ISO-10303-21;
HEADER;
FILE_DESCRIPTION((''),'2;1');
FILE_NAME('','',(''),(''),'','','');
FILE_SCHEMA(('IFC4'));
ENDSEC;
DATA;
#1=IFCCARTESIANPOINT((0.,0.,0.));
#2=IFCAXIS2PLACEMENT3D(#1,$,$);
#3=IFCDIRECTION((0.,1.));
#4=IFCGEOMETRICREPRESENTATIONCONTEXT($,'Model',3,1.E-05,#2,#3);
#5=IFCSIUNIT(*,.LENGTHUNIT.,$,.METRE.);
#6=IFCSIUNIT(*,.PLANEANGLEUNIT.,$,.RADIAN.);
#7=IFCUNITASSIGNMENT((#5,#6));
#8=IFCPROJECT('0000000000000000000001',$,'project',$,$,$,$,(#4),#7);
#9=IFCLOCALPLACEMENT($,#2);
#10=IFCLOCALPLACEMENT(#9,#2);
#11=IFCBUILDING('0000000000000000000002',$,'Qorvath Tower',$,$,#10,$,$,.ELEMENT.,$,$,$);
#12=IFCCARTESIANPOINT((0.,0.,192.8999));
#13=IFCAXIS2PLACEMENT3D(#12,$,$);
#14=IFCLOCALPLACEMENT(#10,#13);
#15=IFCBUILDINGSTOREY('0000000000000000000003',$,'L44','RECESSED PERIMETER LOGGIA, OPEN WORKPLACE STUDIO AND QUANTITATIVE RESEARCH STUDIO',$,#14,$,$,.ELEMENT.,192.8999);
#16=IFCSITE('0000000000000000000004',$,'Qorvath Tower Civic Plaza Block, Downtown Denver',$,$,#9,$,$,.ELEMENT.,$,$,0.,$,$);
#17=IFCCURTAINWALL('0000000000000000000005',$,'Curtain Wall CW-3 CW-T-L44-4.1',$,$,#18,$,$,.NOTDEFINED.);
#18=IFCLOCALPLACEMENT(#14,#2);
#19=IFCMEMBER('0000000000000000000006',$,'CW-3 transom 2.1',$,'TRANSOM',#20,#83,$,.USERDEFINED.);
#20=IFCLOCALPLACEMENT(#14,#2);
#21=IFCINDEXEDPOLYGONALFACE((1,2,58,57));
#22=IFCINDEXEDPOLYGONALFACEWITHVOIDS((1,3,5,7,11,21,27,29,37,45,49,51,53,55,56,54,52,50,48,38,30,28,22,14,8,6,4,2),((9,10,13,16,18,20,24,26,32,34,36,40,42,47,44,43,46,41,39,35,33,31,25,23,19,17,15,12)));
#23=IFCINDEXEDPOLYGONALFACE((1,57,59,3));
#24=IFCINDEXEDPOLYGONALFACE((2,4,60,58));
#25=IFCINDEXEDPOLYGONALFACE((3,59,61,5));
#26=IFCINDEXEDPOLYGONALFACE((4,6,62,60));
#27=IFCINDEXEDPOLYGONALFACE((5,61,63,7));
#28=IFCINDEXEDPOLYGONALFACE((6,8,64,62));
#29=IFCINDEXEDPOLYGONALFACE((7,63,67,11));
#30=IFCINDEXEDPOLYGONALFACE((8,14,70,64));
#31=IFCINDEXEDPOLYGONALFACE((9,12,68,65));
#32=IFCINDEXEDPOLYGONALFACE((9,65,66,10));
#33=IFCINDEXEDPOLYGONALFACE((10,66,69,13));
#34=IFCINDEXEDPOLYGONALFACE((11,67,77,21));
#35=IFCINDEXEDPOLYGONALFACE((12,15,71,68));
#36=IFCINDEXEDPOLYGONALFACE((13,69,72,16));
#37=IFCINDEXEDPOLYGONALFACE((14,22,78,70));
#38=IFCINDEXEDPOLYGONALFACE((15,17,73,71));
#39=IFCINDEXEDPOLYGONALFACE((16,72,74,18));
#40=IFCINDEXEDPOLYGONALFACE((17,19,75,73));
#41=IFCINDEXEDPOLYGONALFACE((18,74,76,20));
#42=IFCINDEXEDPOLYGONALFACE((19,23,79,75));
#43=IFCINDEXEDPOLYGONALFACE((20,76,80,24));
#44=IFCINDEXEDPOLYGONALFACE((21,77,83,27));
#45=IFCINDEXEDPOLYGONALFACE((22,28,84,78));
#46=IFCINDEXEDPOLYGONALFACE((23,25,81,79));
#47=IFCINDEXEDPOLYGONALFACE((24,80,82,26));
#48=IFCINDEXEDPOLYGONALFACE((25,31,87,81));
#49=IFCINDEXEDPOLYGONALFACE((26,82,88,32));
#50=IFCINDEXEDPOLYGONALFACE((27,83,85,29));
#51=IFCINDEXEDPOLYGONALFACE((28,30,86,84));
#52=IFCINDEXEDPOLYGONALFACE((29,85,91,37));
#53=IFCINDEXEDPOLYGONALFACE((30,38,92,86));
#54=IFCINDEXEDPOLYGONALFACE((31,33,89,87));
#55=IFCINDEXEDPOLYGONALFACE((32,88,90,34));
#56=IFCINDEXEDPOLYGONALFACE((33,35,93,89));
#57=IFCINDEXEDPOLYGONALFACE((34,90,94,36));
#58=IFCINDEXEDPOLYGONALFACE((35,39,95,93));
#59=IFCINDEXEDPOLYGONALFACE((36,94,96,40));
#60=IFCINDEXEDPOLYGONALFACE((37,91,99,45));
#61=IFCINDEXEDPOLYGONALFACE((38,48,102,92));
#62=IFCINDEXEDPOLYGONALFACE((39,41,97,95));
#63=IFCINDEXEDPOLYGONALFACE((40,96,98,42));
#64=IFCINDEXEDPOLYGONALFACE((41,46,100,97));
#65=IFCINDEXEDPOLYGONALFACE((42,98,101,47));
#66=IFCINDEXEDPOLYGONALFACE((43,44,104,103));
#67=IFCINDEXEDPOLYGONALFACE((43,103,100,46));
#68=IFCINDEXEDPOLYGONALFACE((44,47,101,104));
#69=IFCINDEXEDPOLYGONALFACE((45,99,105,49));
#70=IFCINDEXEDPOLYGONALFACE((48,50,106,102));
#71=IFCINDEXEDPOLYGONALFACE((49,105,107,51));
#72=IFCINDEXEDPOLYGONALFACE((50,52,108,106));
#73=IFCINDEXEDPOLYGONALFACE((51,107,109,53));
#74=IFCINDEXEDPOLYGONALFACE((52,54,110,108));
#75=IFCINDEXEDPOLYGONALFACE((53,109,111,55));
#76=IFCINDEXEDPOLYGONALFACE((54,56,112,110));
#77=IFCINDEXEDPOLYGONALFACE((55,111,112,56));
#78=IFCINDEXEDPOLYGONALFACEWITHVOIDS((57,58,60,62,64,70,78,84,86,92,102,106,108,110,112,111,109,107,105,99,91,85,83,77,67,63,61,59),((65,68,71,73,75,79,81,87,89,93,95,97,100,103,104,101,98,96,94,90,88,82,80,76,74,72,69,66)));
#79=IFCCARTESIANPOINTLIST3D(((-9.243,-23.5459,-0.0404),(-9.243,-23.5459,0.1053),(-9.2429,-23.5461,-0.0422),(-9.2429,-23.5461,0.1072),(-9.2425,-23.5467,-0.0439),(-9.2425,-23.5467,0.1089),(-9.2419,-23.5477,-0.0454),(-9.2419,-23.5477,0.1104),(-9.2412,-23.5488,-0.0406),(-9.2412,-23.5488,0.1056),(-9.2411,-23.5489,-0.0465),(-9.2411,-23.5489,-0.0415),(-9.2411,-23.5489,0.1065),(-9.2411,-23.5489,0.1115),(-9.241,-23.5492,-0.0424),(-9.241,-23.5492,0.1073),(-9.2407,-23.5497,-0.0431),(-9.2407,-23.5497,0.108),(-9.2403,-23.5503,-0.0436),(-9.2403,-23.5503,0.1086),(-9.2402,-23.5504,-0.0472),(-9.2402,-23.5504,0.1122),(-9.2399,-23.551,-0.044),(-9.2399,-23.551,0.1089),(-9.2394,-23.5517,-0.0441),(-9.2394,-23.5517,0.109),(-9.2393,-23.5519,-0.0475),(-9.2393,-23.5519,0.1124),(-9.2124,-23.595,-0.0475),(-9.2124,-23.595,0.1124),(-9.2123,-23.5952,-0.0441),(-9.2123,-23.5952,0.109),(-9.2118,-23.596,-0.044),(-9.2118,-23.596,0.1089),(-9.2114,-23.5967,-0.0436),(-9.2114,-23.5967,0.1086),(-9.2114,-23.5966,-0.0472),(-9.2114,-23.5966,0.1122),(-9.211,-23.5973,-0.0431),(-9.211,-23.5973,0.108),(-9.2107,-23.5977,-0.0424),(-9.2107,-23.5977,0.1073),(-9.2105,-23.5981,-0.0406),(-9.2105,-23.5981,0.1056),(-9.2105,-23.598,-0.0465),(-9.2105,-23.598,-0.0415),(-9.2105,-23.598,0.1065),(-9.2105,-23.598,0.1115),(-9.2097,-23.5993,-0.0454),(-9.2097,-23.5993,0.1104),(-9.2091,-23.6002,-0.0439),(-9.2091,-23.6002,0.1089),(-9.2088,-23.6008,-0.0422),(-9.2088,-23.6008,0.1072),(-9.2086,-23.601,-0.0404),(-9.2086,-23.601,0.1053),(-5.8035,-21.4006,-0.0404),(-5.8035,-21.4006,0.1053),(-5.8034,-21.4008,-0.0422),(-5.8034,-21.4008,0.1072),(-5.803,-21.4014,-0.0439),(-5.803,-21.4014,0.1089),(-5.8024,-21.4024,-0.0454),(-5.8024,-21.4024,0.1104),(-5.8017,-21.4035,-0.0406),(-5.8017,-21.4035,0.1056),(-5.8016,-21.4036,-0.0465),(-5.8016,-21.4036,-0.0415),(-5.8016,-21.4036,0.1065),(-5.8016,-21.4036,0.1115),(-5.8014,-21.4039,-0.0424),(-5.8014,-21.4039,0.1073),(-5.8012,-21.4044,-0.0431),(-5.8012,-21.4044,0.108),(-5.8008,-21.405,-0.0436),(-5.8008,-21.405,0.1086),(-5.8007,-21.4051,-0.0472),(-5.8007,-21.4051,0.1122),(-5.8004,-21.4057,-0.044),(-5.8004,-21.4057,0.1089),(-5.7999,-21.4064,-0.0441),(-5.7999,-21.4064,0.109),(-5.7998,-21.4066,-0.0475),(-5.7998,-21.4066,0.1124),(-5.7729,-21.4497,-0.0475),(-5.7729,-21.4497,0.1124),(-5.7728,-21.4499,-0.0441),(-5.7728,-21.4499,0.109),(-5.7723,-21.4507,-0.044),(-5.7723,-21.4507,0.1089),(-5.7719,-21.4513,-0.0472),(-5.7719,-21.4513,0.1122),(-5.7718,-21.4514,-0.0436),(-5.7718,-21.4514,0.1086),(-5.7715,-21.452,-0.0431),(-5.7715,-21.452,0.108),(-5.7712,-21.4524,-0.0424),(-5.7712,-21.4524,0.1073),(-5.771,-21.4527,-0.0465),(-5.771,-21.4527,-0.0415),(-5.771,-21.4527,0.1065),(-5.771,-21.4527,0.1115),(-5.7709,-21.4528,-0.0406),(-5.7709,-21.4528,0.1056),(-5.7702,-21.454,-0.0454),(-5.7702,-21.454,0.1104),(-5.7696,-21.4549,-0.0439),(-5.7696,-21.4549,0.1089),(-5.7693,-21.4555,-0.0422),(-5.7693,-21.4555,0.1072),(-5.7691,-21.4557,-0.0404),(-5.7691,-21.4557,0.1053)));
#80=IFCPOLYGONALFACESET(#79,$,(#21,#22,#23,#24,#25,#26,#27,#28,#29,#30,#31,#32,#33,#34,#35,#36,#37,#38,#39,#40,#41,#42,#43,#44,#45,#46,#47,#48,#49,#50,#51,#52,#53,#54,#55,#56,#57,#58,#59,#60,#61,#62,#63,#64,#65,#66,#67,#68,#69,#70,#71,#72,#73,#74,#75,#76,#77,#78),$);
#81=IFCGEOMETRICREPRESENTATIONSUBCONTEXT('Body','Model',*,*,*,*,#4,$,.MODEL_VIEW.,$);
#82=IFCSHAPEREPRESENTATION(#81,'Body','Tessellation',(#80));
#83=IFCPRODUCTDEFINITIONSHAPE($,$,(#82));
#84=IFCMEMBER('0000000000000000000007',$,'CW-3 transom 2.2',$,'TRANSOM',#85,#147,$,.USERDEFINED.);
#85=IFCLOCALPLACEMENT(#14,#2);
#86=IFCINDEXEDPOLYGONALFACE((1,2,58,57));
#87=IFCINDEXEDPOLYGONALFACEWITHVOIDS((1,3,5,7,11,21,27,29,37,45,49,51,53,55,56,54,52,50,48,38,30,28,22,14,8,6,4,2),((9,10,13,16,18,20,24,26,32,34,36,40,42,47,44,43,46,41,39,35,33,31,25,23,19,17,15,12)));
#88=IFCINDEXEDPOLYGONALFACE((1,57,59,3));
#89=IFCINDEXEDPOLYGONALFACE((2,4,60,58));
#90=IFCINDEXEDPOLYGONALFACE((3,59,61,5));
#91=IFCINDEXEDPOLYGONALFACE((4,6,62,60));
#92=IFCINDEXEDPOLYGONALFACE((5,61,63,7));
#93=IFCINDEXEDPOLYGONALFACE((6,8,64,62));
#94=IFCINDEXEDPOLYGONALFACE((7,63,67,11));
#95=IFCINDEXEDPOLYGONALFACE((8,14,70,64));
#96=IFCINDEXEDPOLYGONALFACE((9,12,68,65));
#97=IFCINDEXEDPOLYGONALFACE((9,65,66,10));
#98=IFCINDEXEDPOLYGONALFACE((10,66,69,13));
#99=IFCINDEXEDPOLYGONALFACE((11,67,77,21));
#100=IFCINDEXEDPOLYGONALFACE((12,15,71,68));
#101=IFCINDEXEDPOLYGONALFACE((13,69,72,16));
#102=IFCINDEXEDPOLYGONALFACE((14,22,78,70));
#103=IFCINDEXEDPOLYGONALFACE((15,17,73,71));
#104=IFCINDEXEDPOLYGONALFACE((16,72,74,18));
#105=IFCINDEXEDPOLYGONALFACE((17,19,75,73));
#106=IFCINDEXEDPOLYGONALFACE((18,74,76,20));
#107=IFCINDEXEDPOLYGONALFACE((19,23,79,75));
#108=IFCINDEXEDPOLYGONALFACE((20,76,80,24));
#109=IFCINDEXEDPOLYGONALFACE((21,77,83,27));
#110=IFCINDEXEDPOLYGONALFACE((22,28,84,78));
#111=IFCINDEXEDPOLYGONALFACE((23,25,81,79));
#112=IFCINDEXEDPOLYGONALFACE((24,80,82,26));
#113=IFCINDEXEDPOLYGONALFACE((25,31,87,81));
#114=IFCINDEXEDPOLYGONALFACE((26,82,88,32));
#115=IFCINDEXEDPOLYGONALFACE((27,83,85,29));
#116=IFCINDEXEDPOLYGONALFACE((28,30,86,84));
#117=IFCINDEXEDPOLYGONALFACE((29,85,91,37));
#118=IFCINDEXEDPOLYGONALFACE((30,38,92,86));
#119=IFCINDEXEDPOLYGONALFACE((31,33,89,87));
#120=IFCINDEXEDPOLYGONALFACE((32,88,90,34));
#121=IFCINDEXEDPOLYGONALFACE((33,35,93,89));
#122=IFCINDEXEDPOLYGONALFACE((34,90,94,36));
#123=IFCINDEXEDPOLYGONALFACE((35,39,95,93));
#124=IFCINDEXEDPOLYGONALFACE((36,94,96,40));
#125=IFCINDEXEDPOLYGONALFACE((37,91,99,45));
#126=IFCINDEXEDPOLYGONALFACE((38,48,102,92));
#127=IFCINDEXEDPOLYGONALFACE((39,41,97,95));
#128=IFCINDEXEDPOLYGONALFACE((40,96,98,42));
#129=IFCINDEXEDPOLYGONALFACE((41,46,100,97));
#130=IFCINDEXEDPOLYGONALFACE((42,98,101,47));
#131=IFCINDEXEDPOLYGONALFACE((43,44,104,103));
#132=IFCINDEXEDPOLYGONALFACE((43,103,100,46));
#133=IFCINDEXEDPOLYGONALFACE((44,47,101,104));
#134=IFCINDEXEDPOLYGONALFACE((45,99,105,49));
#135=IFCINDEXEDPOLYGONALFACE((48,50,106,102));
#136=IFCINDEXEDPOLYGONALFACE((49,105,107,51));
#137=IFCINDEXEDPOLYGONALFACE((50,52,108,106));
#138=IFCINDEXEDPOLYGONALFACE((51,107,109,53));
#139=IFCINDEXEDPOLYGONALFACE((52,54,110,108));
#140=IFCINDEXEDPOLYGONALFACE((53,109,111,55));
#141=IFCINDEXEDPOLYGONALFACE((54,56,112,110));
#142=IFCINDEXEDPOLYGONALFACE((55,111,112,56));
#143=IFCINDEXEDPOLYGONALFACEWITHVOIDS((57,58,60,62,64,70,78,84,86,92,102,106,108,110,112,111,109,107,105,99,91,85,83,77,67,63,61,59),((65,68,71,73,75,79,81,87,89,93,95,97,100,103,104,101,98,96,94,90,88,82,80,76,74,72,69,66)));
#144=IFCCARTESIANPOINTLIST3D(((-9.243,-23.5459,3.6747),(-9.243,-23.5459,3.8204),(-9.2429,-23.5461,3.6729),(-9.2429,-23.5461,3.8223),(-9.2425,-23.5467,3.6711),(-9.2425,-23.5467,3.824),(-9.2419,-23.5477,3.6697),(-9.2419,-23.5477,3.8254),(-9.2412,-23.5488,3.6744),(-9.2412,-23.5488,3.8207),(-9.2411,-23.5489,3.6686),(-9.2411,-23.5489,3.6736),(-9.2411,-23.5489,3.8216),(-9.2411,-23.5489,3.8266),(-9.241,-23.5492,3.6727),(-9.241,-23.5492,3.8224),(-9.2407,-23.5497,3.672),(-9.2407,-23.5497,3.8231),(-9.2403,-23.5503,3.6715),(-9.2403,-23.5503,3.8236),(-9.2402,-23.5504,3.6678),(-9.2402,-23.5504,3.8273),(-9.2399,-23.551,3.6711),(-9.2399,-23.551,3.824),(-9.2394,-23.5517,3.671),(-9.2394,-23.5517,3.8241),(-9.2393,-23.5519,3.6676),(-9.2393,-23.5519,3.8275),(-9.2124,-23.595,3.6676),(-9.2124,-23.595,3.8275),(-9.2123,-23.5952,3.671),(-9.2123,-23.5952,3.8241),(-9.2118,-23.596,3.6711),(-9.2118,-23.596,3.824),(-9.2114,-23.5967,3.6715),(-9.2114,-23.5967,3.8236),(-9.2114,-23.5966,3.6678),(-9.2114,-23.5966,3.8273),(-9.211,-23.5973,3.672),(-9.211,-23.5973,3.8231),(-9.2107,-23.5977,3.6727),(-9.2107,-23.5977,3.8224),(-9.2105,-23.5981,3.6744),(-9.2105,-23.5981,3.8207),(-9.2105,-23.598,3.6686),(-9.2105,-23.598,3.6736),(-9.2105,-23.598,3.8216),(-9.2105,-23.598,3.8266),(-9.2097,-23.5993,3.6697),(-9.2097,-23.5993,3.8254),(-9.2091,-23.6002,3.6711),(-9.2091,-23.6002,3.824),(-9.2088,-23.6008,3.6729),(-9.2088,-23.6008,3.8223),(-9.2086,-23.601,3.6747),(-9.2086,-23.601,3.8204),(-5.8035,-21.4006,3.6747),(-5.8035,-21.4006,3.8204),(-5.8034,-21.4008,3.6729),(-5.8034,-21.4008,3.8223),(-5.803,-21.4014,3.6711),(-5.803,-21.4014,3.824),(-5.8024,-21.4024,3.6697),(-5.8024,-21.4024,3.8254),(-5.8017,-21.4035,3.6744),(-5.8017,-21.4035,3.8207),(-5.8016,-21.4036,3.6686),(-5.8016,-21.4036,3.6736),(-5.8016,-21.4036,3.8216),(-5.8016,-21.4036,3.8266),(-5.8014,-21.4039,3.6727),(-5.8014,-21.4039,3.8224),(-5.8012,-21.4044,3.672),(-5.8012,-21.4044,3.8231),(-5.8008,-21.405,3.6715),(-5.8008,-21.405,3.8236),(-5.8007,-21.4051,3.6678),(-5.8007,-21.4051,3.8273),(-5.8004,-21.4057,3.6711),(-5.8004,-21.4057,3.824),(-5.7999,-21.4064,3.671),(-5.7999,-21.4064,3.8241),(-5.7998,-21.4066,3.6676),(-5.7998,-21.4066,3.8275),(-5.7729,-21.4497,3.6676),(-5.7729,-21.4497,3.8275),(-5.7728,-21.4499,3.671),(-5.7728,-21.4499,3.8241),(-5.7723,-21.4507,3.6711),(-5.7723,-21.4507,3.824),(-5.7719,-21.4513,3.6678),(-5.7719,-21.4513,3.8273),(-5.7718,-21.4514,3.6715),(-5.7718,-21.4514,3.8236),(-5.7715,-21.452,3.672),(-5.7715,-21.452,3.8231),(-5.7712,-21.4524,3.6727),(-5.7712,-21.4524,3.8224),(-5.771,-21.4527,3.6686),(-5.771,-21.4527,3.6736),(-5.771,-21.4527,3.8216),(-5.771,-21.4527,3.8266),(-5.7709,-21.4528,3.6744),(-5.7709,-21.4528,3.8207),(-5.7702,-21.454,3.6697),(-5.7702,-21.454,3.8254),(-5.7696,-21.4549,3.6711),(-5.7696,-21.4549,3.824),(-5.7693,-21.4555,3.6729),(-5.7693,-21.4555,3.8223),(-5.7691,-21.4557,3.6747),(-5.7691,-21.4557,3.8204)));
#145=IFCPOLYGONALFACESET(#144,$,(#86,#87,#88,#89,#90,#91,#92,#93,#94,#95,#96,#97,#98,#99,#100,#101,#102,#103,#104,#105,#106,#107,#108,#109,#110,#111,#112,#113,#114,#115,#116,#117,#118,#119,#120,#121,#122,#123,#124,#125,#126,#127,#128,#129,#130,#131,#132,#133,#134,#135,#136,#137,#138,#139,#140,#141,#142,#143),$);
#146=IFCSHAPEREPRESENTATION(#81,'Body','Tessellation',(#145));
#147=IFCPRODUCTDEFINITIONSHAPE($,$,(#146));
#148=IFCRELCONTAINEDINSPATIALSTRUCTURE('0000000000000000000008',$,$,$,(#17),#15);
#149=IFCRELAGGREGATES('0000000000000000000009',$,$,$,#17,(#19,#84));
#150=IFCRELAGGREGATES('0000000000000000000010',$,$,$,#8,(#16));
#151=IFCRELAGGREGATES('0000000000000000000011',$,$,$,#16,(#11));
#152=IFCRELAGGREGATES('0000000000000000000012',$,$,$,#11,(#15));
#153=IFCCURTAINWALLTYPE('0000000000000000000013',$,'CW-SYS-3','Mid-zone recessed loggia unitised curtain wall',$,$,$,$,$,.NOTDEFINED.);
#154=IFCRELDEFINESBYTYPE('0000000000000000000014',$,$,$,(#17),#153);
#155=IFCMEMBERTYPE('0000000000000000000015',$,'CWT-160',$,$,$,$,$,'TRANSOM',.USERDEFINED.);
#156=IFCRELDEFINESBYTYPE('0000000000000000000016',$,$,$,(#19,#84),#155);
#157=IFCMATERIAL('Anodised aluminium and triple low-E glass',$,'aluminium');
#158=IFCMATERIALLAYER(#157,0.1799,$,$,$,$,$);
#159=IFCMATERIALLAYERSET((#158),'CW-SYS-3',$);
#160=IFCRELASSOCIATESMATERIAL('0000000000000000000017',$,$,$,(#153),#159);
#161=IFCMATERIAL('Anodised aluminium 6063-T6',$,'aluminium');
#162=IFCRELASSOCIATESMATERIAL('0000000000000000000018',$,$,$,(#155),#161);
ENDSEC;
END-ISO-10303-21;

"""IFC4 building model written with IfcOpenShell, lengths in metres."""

from ifc_helpers import new_model, si_unit, direction, frame, origin, origin_2d, place, context, subcontext, project, spatial, hollow_rectangle, extrude, material, layer, layer_set, material_profile, profile_set, type_object, element, aggregate, save


model = new_model("IFC4")

# Units and contexts
model_context = context("Model", 3, precision=1e-05, world=origin(), true_north=direction((0.0, 1.0)))
body_context = subcontext(model_context, "Body", "Model", "MODEL_VIEW")
ifc_project = project(units=[si_unit("LENGTHUNIT", "METRE"), si_unit("PLANEANGLEUNIT", "RADIAN")], contexts=[model_context])

# Site, building, storey
site_placement = place(None, origin())
site = spatial("IfcSite", under=ifc_project, at=site_placement, Name="Qorvath Tower Civic Plaza Block, Downtown Denver", CompositionType="ELEMENT", RefElevation=0.0)
building_placement = place(site_placement, origin())
building = spatial("IfcBuilding", under=site, at=building_placement, Name="Qorvath Tower", CompositionType="ELEMENT")
storey_placement = place(building_placement, frame((0.0, 0.0, 192.8999)))
storey = spatial("IfcBuildingStorey", under=building, at=storey_placement, Name="L44", Description="RECESSED PERIMETER LOGGIA, OPEN WORKPLACE STUDIO AND QUANTITATIVE RESEARCH STUDIO", CompositionType="ELEMENT", Elevation=192.8999)

# Curtain wall
ifc_material_1 = material(Name="Anodised aluminium and triple low-E glass", Category="aluminium")
ifc_layer_1 = layer(ifc_material_1, 0.1799)
ifc_layer_set_1 = layer_set([ifc_layer_1], Name="CW-SYS-3")
curtain_wall_type = type_object("IfcCurtainWallType", Name="CW-SYS-3", Description="Mid-zone recessed loggia unitised curtain wall", PredefinedType="NOTDEFINED", material=ifc_layer_set_1)
curtain_wall_1_placement = place(storey_placement, origin())
curtain_wall_1 = element("IfcCurtainWall", 1, at=curtain_wall_1_placement, inside=storey, type_object=curtain_wall_type, Name="Curtain Wall CW-3 CW-T-L44-4.1", PredefinedType="NOTDEFINED")

# Members
ifc_material_2 = material(Name="Anodised aluminium 6063-T6", Category="aluminium")
ifc_material_profile_1 = material_profile(ifc_material_2, hollow_rectangle(XDim=0.0649, YDim=0.1599, WallThickness=0.0034, InnerFilletRadius=0.0034, OuterFilletRadius=0.0071, at=origin_2d()), Name="CWT 160x65")
ifc_profile_set_1 = profile_set([ifc_material_profile_1], Name="Anodised aluminium 6063-T6")
member_type_1 = type_object("IfcMemberType", Name="CWT-160", ElementType="TRANSOM", PredefinedType="USERDEFINED", material=ifc_profile_set_1)
member_1_placement = place(storey_placement, frame((-9.2258, -23.5735, 0.0325), z_axis=(0.848485, 0.529219, 0.0), x_axis=(-0.529219, 0.848485, 0.0)))
member_1 = element("IfcMember", 2, at=member_1_placement, type_object=member_type_1, Name="CW-3 transom 2.1", ObjectType="TRANSOM", PredefinedType="USERDEFINED", context=body_context, shape_type="SweptSolid", body=[
    extrude(hollow_rectangle(XDim=0.0649, YDim=0.1599, WallThickness=0.0034, InnerFilletRadius=0.0034, OuterFilletRadius=0.0071, at=origin_2d()), origin(), (0.0, 0.0, 1.0), 4.0537),
])
member_2_placement = place(storey_placement, frame((-9.2258, -23.5735, 3.7476), z_axis=(0.848485, 0.529219, 0.0), x_axis=(-0.529219, 0.848485, 0.0)))
member_2 = element("IfcMember", 3, at=member_2_placement, type_object=member_type_1, Name="CW-3 transom 2.2", ObjectType="TRANSOM", PredefinedType="USERDEFINED", context=body_context, shape_type="SweptSolid", body=[
    extrude(hollow_rectangle(XDim=0.0649, YDim=0.1599, WallThickness=0.0034, InnerFilletRadius=0.0034, OuterFilletRadius=0.0071, at=origin_2d()), origin(), (0.0, 0.0, 1.0), 4.0537),
])

aggregate(curtain_wall_1, [member_1, member_2])

save(model, "model.ifc")
